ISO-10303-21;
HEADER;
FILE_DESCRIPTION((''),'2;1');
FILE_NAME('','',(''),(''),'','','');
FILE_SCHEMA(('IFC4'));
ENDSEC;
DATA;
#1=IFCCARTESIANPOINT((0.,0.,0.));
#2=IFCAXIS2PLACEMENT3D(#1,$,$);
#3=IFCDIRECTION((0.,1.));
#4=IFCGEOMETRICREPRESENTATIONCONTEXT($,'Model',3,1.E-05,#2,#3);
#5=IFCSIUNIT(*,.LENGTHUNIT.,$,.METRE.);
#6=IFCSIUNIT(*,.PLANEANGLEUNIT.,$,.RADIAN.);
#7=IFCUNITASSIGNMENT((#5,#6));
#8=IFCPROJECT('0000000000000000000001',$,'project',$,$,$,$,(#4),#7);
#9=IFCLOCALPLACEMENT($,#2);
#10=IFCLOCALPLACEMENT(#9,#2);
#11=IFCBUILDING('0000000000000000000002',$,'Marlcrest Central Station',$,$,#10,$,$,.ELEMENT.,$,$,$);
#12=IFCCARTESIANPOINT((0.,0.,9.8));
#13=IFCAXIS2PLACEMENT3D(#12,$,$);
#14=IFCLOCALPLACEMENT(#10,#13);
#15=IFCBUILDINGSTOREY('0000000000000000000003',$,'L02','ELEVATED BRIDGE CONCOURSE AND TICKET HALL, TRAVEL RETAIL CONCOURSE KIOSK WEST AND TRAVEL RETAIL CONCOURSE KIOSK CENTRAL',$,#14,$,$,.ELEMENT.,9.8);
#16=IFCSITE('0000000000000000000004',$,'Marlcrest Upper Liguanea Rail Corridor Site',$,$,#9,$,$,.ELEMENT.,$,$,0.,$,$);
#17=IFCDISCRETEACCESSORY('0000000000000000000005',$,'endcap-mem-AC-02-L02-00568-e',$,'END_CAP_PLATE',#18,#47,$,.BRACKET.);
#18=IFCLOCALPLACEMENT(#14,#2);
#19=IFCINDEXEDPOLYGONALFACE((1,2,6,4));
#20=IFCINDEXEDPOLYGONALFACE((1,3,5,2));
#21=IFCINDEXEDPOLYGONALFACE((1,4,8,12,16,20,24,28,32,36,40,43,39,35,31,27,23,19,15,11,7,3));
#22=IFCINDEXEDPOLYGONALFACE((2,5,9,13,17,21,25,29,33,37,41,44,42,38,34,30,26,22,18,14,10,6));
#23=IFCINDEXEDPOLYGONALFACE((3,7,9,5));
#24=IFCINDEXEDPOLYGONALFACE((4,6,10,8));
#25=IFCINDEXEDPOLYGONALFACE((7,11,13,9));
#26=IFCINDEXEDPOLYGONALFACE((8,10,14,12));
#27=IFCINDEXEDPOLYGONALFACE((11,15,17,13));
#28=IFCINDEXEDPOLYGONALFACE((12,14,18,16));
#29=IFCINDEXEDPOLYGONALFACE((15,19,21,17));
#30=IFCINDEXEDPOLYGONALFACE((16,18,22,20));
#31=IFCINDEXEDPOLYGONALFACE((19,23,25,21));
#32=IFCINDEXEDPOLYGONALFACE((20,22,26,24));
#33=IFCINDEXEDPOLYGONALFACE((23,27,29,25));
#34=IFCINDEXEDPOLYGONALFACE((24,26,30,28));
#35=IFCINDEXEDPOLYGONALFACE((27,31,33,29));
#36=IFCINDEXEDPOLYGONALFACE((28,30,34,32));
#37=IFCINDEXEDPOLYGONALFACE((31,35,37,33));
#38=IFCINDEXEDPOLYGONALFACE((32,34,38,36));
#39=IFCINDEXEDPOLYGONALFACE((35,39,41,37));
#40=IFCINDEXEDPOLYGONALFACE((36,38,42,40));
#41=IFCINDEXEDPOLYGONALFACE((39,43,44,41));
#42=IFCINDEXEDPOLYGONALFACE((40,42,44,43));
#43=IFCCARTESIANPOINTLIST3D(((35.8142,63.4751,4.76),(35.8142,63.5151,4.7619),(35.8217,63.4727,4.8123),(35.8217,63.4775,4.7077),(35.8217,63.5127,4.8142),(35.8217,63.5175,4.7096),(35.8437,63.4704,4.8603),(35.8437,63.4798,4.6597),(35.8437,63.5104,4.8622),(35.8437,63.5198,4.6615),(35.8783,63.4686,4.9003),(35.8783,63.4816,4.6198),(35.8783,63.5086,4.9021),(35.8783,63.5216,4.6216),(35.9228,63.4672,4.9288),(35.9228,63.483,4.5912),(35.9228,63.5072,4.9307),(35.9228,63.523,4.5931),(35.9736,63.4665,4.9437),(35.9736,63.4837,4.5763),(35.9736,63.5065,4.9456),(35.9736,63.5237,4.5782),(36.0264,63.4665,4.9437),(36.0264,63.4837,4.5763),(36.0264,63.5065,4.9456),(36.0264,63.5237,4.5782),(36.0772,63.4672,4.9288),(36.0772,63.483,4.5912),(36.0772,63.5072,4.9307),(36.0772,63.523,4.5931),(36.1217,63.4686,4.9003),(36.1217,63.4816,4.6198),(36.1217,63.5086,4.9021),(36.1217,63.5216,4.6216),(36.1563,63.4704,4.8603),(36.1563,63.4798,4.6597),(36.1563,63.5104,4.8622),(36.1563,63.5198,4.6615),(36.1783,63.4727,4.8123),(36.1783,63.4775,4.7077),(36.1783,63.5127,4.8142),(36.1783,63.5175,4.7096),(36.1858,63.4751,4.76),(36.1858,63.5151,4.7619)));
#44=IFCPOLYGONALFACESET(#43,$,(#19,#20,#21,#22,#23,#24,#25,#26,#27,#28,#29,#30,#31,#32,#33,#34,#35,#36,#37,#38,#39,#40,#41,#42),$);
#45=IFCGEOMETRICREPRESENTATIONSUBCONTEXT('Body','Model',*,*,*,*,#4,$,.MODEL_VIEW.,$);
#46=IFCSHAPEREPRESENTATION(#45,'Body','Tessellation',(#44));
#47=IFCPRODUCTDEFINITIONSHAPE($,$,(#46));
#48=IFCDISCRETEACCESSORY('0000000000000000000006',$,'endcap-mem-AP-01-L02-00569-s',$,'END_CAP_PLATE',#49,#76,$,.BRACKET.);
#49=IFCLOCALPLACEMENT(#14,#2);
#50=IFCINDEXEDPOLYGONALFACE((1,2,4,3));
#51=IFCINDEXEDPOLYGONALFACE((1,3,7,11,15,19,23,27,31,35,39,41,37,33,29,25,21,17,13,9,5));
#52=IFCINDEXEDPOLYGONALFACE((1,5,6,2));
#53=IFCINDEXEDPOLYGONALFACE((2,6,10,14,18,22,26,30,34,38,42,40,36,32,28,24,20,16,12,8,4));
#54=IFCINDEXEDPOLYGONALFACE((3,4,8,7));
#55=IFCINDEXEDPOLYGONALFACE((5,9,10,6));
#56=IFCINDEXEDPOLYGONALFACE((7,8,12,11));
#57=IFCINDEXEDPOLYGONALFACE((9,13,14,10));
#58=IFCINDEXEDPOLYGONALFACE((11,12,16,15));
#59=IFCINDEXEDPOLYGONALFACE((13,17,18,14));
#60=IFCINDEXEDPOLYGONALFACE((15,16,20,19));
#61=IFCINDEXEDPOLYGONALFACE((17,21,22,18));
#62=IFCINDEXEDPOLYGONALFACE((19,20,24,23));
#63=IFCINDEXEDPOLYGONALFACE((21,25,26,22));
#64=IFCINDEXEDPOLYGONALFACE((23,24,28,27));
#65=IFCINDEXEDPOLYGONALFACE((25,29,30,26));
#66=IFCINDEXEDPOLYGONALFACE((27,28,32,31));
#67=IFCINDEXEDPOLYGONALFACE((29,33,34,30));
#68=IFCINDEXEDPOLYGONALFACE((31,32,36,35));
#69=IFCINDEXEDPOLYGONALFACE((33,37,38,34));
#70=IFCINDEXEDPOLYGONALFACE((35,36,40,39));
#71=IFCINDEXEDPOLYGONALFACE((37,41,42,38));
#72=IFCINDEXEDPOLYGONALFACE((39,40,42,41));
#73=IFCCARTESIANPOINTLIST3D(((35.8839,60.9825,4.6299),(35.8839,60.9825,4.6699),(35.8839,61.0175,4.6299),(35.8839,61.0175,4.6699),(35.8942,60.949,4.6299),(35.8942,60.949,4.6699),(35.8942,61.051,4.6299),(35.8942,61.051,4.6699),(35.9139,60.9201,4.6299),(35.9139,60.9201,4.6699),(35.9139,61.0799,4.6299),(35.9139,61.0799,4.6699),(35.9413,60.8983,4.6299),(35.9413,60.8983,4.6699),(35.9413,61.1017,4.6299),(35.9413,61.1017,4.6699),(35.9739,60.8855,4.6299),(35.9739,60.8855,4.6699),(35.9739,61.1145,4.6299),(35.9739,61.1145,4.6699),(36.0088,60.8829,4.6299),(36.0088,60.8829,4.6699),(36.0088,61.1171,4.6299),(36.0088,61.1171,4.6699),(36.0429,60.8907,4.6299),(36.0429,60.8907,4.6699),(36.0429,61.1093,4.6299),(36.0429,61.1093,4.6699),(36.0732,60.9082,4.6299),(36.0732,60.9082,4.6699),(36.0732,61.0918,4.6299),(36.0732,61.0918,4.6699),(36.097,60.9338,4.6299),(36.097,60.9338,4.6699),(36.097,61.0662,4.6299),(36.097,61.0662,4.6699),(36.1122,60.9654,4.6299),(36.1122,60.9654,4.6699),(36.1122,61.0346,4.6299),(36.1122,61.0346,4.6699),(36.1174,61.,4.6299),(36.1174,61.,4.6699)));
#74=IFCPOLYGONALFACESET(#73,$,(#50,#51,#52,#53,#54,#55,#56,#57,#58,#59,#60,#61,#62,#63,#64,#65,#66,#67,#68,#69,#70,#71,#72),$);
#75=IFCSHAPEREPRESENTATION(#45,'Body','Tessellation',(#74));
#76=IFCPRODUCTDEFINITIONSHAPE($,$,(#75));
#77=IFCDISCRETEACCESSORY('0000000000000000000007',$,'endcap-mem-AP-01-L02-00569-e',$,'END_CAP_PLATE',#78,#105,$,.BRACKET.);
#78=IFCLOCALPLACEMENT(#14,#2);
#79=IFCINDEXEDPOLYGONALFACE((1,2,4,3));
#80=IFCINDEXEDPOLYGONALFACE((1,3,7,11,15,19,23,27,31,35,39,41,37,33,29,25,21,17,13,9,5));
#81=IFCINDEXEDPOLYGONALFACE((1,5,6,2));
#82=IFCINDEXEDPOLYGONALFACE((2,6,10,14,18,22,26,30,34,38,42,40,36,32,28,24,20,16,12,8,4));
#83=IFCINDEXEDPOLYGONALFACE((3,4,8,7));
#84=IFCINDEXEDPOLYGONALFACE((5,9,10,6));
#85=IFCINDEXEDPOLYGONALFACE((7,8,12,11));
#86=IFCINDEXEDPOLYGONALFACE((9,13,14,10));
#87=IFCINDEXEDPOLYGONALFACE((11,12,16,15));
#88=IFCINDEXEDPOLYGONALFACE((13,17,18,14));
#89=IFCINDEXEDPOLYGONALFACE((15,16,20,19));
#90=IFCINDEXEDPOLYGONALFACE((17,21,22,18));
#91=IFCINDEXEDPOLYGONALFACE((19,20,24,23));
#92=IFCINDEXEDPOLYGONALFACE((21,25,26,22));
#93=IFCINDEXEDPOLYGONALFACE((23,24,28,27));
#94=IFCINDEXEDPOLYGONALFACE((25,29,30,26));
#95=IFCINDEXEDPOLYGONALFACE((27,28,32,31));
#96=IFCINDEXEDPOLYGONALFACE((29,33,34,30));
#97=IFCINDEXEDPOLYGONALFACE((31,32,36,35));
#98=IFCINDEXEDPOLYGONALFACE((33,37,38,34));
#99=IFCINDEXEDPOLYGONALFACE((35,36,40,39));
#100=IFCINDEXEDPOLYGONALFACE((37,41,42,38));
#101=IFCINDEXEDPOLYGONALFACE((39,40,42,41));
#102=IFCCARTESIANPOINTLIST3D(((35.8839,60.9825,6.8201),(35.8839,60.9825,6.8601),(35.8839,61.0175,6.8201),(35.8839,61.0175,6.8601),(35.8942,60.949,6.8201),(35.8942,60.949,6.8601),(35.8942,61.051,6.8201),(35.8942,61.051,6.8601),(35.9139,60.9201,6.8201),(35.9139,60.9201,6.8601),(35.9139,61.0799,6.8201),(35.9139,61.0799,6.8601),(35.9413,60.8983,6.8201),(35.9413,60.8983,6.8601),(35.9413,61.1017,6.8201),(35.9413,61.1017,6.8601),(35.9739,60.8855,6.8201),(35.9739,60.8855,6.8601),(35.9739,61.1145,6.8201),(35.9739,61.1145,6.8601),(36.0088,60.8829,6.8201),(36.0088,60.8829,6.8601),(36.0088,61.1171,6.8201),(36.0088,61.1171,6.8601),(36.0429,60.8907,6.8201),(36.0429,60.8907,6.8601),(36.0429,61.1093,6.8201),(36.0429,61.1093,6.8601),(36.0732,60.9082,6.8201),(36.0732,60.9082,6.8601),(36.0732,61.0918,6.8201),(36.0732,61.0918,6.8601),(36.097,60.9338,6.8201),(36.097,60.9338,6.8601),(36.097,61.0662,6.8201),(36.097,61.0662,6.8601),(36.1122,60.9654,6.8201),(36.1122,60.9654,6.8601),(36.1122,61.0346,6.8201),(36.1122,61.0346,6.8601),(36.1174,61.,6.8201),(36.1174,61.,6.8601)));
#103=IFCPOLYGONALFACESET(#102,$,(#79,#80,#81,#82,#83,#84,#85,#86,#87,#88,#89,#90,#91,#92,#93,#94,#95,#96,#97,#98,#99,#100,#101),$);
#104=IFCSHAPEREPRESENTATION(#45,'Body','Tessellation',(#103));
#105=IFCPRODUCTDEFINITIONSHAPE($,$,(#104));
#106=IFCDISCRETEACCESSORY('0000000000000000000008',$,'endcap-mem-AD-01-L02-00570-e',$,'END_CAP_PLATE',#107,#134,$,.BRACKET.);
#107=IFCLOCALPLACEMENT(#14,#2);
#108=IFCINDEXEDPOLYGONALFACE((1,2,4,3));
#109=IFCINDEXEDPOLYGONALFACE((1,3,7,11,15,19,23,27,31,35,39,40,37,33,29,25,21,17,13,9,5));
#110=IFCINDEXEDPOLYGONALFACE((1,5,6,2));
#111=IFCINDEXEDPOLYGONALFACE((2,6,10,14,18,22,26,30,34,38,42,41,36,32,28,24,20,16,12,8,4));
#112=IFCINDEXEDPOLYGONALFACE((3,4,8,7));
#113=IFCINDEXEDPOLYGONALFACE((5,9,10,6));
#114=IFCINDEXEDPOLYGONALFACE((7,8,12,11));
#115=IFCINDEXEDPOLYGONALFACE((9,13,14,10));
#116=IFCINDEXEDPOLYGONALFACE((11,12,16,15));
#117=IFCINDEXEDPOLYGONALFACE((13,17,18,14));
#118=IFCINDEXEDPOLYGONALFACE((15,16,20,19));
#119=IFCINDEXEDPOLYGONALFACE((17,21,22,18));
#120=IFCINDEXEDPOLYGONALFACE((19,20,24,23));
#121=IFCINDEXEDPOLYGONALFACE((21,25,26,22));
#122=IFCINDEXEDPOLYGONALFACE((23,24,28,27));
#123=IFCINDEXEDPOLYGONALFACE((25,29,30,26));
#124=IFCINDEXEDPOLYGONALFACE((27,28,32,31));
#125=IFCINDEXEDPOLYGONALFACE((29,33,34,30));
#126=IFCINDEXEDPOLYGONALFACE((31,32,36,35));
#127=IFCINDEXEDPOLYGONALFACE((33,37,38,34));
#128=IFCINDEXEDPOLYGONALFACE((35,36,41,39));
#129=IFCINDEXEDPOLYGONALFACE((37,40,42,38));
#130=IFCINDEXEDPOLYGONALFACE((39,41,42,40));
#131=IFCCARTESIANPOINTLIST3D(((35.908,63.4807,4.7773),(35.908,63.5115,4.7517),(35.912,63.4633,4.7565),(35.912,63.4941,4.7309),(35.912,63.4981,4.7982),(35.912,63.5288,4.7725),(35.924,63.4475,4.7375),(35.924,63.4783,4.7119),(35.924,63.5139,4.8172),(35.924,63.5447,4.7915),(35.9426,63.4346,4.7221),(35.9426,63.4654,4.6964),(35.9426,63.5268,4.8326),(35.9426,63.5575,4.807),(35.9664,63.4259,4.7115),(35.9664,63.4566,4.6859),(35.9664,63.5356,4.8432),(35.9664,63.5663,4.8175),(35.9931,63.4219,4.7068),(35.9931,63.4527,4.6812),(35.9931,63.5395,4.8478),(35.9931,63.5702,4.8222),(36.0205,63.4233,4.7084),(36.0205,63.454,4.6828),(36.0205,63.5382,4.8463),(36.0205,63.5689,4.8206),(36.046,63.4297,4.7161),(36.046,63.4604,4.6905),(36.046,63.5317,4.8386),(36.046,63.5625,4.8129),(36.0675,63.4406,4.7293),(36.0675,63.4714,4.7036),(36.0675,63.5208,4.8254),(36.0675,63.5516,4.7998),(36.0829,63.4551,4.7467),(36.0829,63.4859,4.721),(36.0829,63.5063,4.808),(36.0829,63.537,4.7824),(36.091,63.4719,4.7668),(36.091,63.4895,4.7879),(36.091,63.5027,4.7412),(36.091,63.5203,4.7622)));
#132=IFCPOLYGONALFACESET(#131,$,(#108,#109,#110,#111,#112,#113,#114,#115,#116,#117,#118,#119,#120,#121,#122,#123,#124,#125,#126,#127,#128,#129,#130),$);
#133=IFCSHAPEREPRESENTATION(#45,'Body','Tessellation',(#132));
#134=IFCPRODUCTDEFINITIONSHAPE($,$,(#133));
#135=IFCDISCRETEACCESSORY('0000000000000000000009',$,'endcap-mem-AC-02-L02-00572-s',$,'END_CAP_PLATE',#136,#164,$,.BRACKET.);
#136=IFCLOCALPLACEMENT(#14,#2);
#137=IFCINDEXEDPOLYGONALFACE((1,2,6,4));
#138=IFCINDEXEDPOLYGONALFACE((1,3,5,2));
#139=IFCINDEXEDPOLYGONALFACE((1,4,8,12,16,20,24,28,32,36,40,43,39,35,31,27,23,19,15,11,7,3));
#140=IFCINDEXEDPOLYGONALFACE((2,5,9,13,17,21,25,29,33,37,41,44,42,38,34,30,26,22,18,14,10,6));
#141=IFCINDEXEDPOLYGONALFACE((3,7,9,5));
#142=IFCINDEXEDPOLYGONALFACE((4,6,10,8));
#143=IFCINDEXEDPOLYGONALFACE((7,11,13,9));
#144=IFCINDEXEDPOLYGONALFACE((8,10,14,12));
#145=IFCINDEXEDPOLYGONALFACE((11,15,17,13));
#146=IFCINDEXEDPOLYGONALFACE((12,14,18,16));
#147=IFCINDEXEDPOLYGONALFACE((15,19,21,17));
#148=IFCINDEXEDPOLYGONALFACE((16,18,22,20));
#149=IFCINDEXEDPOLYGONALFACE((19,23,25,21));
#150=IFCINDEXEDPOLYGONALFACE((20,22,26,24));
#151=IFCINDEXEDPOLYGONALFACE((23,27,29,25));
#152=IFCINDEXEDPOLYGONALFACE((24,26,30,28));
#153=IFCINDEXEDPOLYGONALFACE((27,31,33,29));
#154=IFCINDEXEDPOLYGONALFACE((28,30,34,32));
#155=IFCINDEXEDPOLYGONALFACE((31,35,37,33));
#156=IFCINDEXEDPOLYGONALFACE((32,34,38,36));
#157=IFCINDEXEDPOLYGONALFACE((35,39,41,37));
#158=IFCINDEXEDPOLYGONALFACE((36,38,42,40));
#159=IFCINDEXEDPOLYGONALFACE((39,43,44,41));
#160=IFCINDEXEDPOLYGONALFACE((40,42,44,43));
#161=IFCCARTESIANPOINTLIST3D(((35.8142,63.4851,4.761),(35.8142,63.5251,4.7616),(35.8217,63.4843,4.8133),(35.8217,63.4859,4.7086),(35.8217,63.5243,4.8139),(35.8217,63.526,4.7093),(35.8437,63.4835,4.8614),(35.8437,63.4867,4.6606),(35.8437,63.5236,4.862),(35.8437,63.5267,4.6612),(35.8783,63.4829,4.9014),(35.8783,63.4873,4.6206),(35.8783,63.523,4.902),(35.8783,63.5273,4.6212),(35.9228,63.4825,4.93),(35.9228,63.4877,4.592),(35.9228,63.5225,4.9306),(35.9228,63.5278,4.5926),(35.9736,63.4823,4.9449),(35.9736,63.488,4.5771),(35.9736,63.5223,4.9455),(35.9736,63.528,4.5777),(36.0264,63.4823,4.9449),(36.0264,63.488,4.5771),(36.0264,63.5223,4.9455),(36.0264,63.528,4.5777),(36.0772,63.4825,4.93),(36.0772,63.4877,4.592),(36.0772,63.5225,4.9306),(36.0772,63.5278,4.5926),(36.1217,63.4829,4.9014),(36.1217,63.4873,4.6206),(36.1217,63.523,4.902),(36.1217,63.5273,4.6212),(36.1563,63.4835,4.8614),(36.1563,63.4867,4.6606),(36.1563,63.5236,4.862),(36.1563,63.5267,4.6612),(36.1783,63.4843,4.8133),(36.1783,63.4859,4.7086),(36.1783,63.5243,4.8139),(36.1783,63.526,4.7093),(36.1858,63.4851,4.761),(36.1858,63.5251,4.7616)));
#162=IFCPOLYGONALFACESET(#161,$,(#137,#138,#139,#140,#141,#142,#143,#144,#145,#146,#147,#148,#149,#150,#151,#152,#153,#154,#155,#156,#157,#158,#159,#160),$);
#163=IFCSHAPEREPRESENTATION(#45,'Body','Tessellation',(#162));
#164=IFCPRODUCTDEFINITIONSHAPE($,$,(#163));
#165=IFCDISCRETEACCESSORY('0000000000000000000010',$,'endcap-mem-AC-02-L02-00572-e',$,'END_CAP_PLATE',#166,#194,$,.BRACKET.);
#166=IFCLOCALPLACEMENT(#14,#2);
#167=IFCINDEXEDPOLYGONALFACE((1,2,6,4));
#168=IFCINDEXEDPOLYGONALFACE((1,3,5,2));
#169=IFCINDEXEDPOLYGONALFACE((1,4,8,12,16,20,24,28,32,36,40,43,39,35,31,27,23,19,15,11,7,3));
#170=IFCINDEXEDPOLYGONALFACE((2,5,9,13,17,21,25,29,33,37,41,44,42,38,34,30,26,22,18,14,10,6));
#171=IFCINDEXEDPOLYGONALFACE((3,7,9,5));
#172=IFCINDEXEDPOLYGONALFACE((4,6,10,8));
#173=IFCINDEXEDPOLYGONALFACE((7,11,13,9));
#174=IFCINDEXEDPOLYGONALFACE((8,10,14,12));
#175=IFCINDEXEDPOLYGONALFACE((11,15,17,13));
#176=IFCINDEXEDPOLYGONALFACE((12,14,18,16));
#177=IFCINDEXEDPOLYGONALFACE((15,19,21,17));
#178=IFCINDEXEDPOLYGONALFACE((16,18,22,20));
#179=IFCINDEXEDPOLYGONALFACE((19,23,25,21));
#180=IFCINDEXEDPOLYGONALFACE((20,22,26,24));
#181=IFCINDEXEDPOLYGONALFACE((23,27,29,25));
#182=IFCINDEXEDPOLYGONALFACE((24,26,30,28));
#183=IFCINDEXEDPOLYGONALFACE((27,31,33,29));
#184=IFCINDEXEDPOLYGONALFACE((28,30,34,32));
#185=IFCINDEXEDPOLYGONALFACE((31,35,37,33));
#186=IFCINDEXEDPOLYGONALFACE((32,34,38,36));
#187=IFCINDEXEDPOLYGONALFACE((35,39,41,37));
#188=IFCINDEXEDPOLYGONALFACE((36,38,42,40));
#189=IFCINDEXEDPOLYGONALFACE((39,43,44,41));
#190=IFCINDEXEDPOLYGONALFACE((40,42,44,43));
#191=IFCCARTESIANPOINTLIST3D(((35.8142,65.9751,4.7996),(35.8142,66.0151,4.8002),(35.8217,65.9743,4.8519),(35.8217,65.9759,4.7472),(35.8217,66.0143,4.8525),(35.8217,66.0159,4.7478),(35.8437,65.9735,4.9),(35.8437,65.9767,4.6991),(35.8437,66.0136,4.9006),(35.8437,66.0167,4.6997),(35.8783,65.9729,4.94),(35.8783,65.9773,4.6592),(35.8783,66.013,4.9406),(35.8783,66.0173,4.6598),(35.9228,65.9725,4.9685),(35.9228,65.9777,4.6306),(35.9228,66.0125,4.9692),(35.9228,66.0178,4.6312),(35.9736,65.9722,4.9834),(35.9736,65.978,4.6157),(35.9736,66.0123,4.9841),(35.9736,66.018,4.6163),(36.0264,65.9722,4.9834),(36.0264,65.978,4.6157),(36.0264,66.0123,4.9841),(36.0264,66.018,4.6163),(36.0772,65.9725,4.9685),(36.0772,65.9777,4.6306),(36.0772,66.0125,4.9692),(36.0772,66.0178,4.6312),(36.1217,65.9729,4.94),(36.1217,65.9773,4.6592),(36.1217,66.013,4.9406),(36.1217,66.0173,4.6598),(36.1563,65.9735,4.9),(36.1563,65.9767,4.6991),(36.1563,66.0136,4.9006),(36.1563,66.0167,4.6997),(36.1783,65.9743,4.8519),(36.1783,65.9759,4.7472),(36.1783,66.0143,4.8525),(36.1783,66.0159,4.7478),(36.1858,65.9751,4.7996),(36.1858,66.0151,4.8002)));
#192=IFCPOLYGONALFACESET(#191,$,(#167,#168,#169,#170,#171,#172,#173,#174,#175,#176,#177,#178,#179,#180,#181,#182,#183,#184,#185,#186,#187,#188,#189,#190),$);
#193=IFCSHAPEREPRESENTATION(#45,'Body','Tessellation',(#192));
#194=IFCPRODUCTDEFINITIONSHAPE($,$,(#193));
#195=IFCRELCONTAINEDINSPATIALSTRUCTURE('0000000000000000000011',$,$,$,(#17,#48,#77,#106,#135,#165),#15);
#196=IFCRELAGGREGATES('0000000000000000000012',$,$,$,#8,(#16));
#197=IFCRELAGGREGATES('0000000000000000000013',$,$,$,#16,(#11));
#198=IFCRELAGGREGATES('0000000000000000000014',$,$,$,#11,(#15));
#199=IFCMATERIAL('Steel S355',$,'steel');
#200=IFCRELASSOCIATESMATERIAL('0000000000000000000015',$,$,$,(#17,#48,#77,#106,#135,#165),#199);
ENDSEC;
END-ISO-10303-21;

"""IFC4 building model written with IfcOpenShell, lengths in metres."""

from ifc_helpers import new_model, si_unit, direction, frame, origin, origin_2d, place, context, subcontext, project, spatial, circle, extrude, material, element, save


model = new_model("IFC4")

# Units and contexts
model_context = context("Model", 3, precision=1e-05, world=origin(), true_north=direction((0.0, 1.0)))
body_context = subcontext(model_context, "Body", "Model", "MODEL_VIEW")
ifc_project = project(units=[si_unit("LENGTHUNIT", "METRE"), si_unit("PLANEANGLEUNIT", "RADIAN")], contexts=[model_context])

# Site, building, storey
site_placement = place(None, origin())
site = spatial("IfcSite", under=ifc_project, at=site_placement, Name="Marlcrest Upper Liguanea Rail Corridor Site", CompositionType="ELEMENT", RefElevation=0.0)
building_placement = place(site_placement, origin())
building = spatial("IfcBuilding", under=site, at=building_placement, Name="Marlcrest Central Station", CompositionType="ELEMENT")
storey_placement = place(building_placement, frame((0.0, 0.0, 9.8)))
storey = spatial("IfcBuildingStorey", under=building, at=storey_placement, Name="L02", Description="ELEVATED BRIDGE CONCOURSE AND TICKET HALL, TRAVEL RETAIL CONCOURSE KIOSK WEST AND TRAVEL RETAIL CONCOURSE KIOSK CENTRAL", CompositionType="ELEMENT", Elevation=9.8)

# Shared definitions
ifc_material = material(Name="Steel S355", Category="steel")

# Discrete accessories
discrete_accessory_1_placement = place(storey_placement, frame((36.0, 63.4751, 4.76), z_axis=(0.0, 0.998917, 0.046532), x_axis=(-1.0, 0.0, 0.0)))
element("IfcDiscreteAccessory", 1, at=discrete_accessory_1_placement, inside=storey, material=ifc_material, Name="endcap-mem-AC-02-L02-00568-e", ObjectType="END_CAP_PLATE", PredefinedType="BRACKET", context=body_context, shape_type="SweptSolid", body=[
    extrude(circle(Radius=0.1858, at=origin_2d()), origin(), (0.0, 0.0, 1.0), 0.04),
])
for number, where, z_axis, x_axis, name in (
    (2, (36.0, 61.0, 4.6299), (0.0, 0.0, 1.0), (1.0, 0.0, 0.0), "endcap-mem-AP-01-L02-00569-s"),
    (3, (36.0, 61.0, 6.8201), (0.0, 0.0, 1.0), (1.0, 0.0, 0.0), "endcap-mem-AP-01-L02-00569-e"),
):
    element("IfcDiscreteAccessory", number, at=place(storey_placement, frame(where, z_axis=z_axis, x_axis=x_axis)), inside=storey, material=ifc_material, Name=name, ObjectType="END_CAP_PLATE", PredefinedType="BRACKET", context=body_context, shape_type="SweptSolid", body=[
        extrude(circle(Radius=0.1174, at=origin_2d()), origin(), (0.0, 0.0, 1.0), 0.04),
    ])
discrete_accessory_2_placement = place(storey_placement, frame((36.0, 63.4807, 4.7773), z_axis=(0.0, 0.76816, -0.640258), x_axis=(-1.0, 0.0, 0.0)))
element("IfcDiscreteAccessory", 4, at=discrete_accessory_2_placement, inside=storey, material=ifc_material, Name="endcap-mem-AD-01-L02-00570-e", ObjectType="END_CAP_PLATE", PredefinedType="BRACKET", context=body_context, shape_type="SweptSolid", body=[
    extrude(circle(Radius=0.092, at=origin_2d()), origin(), (0.0, 0.0, 1.0), 0.04),
])
for number, where, z_axis, x_axis, name in (
    (5, (36.0, 63.4851, 4.761), (0.0, 0.999879, 0.015525), (-1.0, 0.0, 0.0), "endcap-mem-AC-02-L02-00572-s"),
    (6, (36.0, 65.9751, 4.7996), (0.0, 0.999879, 0.015525), (-1.0, 0.0, 0.0), "endcap-mem-AC-02-L02-00572-e"),
):
    element("IfcDiscreteAccessory", number, at=place(storey_placement, frame(where, z_axis=z_axis, x_axis=x_axis)), inside=storey, material=ifc_material, Name=name, ObjectType="END_CAP_PLATE", PredefinedType="BRACKET", context=body_context, shape_type="SweptSolid", body=[
        extrude(circle(Radius=0.1858, at=origin_2d()), origin(), (0.0, 0.0, 1.0), 0.04),
    ])

save(model, "model.ifc")
